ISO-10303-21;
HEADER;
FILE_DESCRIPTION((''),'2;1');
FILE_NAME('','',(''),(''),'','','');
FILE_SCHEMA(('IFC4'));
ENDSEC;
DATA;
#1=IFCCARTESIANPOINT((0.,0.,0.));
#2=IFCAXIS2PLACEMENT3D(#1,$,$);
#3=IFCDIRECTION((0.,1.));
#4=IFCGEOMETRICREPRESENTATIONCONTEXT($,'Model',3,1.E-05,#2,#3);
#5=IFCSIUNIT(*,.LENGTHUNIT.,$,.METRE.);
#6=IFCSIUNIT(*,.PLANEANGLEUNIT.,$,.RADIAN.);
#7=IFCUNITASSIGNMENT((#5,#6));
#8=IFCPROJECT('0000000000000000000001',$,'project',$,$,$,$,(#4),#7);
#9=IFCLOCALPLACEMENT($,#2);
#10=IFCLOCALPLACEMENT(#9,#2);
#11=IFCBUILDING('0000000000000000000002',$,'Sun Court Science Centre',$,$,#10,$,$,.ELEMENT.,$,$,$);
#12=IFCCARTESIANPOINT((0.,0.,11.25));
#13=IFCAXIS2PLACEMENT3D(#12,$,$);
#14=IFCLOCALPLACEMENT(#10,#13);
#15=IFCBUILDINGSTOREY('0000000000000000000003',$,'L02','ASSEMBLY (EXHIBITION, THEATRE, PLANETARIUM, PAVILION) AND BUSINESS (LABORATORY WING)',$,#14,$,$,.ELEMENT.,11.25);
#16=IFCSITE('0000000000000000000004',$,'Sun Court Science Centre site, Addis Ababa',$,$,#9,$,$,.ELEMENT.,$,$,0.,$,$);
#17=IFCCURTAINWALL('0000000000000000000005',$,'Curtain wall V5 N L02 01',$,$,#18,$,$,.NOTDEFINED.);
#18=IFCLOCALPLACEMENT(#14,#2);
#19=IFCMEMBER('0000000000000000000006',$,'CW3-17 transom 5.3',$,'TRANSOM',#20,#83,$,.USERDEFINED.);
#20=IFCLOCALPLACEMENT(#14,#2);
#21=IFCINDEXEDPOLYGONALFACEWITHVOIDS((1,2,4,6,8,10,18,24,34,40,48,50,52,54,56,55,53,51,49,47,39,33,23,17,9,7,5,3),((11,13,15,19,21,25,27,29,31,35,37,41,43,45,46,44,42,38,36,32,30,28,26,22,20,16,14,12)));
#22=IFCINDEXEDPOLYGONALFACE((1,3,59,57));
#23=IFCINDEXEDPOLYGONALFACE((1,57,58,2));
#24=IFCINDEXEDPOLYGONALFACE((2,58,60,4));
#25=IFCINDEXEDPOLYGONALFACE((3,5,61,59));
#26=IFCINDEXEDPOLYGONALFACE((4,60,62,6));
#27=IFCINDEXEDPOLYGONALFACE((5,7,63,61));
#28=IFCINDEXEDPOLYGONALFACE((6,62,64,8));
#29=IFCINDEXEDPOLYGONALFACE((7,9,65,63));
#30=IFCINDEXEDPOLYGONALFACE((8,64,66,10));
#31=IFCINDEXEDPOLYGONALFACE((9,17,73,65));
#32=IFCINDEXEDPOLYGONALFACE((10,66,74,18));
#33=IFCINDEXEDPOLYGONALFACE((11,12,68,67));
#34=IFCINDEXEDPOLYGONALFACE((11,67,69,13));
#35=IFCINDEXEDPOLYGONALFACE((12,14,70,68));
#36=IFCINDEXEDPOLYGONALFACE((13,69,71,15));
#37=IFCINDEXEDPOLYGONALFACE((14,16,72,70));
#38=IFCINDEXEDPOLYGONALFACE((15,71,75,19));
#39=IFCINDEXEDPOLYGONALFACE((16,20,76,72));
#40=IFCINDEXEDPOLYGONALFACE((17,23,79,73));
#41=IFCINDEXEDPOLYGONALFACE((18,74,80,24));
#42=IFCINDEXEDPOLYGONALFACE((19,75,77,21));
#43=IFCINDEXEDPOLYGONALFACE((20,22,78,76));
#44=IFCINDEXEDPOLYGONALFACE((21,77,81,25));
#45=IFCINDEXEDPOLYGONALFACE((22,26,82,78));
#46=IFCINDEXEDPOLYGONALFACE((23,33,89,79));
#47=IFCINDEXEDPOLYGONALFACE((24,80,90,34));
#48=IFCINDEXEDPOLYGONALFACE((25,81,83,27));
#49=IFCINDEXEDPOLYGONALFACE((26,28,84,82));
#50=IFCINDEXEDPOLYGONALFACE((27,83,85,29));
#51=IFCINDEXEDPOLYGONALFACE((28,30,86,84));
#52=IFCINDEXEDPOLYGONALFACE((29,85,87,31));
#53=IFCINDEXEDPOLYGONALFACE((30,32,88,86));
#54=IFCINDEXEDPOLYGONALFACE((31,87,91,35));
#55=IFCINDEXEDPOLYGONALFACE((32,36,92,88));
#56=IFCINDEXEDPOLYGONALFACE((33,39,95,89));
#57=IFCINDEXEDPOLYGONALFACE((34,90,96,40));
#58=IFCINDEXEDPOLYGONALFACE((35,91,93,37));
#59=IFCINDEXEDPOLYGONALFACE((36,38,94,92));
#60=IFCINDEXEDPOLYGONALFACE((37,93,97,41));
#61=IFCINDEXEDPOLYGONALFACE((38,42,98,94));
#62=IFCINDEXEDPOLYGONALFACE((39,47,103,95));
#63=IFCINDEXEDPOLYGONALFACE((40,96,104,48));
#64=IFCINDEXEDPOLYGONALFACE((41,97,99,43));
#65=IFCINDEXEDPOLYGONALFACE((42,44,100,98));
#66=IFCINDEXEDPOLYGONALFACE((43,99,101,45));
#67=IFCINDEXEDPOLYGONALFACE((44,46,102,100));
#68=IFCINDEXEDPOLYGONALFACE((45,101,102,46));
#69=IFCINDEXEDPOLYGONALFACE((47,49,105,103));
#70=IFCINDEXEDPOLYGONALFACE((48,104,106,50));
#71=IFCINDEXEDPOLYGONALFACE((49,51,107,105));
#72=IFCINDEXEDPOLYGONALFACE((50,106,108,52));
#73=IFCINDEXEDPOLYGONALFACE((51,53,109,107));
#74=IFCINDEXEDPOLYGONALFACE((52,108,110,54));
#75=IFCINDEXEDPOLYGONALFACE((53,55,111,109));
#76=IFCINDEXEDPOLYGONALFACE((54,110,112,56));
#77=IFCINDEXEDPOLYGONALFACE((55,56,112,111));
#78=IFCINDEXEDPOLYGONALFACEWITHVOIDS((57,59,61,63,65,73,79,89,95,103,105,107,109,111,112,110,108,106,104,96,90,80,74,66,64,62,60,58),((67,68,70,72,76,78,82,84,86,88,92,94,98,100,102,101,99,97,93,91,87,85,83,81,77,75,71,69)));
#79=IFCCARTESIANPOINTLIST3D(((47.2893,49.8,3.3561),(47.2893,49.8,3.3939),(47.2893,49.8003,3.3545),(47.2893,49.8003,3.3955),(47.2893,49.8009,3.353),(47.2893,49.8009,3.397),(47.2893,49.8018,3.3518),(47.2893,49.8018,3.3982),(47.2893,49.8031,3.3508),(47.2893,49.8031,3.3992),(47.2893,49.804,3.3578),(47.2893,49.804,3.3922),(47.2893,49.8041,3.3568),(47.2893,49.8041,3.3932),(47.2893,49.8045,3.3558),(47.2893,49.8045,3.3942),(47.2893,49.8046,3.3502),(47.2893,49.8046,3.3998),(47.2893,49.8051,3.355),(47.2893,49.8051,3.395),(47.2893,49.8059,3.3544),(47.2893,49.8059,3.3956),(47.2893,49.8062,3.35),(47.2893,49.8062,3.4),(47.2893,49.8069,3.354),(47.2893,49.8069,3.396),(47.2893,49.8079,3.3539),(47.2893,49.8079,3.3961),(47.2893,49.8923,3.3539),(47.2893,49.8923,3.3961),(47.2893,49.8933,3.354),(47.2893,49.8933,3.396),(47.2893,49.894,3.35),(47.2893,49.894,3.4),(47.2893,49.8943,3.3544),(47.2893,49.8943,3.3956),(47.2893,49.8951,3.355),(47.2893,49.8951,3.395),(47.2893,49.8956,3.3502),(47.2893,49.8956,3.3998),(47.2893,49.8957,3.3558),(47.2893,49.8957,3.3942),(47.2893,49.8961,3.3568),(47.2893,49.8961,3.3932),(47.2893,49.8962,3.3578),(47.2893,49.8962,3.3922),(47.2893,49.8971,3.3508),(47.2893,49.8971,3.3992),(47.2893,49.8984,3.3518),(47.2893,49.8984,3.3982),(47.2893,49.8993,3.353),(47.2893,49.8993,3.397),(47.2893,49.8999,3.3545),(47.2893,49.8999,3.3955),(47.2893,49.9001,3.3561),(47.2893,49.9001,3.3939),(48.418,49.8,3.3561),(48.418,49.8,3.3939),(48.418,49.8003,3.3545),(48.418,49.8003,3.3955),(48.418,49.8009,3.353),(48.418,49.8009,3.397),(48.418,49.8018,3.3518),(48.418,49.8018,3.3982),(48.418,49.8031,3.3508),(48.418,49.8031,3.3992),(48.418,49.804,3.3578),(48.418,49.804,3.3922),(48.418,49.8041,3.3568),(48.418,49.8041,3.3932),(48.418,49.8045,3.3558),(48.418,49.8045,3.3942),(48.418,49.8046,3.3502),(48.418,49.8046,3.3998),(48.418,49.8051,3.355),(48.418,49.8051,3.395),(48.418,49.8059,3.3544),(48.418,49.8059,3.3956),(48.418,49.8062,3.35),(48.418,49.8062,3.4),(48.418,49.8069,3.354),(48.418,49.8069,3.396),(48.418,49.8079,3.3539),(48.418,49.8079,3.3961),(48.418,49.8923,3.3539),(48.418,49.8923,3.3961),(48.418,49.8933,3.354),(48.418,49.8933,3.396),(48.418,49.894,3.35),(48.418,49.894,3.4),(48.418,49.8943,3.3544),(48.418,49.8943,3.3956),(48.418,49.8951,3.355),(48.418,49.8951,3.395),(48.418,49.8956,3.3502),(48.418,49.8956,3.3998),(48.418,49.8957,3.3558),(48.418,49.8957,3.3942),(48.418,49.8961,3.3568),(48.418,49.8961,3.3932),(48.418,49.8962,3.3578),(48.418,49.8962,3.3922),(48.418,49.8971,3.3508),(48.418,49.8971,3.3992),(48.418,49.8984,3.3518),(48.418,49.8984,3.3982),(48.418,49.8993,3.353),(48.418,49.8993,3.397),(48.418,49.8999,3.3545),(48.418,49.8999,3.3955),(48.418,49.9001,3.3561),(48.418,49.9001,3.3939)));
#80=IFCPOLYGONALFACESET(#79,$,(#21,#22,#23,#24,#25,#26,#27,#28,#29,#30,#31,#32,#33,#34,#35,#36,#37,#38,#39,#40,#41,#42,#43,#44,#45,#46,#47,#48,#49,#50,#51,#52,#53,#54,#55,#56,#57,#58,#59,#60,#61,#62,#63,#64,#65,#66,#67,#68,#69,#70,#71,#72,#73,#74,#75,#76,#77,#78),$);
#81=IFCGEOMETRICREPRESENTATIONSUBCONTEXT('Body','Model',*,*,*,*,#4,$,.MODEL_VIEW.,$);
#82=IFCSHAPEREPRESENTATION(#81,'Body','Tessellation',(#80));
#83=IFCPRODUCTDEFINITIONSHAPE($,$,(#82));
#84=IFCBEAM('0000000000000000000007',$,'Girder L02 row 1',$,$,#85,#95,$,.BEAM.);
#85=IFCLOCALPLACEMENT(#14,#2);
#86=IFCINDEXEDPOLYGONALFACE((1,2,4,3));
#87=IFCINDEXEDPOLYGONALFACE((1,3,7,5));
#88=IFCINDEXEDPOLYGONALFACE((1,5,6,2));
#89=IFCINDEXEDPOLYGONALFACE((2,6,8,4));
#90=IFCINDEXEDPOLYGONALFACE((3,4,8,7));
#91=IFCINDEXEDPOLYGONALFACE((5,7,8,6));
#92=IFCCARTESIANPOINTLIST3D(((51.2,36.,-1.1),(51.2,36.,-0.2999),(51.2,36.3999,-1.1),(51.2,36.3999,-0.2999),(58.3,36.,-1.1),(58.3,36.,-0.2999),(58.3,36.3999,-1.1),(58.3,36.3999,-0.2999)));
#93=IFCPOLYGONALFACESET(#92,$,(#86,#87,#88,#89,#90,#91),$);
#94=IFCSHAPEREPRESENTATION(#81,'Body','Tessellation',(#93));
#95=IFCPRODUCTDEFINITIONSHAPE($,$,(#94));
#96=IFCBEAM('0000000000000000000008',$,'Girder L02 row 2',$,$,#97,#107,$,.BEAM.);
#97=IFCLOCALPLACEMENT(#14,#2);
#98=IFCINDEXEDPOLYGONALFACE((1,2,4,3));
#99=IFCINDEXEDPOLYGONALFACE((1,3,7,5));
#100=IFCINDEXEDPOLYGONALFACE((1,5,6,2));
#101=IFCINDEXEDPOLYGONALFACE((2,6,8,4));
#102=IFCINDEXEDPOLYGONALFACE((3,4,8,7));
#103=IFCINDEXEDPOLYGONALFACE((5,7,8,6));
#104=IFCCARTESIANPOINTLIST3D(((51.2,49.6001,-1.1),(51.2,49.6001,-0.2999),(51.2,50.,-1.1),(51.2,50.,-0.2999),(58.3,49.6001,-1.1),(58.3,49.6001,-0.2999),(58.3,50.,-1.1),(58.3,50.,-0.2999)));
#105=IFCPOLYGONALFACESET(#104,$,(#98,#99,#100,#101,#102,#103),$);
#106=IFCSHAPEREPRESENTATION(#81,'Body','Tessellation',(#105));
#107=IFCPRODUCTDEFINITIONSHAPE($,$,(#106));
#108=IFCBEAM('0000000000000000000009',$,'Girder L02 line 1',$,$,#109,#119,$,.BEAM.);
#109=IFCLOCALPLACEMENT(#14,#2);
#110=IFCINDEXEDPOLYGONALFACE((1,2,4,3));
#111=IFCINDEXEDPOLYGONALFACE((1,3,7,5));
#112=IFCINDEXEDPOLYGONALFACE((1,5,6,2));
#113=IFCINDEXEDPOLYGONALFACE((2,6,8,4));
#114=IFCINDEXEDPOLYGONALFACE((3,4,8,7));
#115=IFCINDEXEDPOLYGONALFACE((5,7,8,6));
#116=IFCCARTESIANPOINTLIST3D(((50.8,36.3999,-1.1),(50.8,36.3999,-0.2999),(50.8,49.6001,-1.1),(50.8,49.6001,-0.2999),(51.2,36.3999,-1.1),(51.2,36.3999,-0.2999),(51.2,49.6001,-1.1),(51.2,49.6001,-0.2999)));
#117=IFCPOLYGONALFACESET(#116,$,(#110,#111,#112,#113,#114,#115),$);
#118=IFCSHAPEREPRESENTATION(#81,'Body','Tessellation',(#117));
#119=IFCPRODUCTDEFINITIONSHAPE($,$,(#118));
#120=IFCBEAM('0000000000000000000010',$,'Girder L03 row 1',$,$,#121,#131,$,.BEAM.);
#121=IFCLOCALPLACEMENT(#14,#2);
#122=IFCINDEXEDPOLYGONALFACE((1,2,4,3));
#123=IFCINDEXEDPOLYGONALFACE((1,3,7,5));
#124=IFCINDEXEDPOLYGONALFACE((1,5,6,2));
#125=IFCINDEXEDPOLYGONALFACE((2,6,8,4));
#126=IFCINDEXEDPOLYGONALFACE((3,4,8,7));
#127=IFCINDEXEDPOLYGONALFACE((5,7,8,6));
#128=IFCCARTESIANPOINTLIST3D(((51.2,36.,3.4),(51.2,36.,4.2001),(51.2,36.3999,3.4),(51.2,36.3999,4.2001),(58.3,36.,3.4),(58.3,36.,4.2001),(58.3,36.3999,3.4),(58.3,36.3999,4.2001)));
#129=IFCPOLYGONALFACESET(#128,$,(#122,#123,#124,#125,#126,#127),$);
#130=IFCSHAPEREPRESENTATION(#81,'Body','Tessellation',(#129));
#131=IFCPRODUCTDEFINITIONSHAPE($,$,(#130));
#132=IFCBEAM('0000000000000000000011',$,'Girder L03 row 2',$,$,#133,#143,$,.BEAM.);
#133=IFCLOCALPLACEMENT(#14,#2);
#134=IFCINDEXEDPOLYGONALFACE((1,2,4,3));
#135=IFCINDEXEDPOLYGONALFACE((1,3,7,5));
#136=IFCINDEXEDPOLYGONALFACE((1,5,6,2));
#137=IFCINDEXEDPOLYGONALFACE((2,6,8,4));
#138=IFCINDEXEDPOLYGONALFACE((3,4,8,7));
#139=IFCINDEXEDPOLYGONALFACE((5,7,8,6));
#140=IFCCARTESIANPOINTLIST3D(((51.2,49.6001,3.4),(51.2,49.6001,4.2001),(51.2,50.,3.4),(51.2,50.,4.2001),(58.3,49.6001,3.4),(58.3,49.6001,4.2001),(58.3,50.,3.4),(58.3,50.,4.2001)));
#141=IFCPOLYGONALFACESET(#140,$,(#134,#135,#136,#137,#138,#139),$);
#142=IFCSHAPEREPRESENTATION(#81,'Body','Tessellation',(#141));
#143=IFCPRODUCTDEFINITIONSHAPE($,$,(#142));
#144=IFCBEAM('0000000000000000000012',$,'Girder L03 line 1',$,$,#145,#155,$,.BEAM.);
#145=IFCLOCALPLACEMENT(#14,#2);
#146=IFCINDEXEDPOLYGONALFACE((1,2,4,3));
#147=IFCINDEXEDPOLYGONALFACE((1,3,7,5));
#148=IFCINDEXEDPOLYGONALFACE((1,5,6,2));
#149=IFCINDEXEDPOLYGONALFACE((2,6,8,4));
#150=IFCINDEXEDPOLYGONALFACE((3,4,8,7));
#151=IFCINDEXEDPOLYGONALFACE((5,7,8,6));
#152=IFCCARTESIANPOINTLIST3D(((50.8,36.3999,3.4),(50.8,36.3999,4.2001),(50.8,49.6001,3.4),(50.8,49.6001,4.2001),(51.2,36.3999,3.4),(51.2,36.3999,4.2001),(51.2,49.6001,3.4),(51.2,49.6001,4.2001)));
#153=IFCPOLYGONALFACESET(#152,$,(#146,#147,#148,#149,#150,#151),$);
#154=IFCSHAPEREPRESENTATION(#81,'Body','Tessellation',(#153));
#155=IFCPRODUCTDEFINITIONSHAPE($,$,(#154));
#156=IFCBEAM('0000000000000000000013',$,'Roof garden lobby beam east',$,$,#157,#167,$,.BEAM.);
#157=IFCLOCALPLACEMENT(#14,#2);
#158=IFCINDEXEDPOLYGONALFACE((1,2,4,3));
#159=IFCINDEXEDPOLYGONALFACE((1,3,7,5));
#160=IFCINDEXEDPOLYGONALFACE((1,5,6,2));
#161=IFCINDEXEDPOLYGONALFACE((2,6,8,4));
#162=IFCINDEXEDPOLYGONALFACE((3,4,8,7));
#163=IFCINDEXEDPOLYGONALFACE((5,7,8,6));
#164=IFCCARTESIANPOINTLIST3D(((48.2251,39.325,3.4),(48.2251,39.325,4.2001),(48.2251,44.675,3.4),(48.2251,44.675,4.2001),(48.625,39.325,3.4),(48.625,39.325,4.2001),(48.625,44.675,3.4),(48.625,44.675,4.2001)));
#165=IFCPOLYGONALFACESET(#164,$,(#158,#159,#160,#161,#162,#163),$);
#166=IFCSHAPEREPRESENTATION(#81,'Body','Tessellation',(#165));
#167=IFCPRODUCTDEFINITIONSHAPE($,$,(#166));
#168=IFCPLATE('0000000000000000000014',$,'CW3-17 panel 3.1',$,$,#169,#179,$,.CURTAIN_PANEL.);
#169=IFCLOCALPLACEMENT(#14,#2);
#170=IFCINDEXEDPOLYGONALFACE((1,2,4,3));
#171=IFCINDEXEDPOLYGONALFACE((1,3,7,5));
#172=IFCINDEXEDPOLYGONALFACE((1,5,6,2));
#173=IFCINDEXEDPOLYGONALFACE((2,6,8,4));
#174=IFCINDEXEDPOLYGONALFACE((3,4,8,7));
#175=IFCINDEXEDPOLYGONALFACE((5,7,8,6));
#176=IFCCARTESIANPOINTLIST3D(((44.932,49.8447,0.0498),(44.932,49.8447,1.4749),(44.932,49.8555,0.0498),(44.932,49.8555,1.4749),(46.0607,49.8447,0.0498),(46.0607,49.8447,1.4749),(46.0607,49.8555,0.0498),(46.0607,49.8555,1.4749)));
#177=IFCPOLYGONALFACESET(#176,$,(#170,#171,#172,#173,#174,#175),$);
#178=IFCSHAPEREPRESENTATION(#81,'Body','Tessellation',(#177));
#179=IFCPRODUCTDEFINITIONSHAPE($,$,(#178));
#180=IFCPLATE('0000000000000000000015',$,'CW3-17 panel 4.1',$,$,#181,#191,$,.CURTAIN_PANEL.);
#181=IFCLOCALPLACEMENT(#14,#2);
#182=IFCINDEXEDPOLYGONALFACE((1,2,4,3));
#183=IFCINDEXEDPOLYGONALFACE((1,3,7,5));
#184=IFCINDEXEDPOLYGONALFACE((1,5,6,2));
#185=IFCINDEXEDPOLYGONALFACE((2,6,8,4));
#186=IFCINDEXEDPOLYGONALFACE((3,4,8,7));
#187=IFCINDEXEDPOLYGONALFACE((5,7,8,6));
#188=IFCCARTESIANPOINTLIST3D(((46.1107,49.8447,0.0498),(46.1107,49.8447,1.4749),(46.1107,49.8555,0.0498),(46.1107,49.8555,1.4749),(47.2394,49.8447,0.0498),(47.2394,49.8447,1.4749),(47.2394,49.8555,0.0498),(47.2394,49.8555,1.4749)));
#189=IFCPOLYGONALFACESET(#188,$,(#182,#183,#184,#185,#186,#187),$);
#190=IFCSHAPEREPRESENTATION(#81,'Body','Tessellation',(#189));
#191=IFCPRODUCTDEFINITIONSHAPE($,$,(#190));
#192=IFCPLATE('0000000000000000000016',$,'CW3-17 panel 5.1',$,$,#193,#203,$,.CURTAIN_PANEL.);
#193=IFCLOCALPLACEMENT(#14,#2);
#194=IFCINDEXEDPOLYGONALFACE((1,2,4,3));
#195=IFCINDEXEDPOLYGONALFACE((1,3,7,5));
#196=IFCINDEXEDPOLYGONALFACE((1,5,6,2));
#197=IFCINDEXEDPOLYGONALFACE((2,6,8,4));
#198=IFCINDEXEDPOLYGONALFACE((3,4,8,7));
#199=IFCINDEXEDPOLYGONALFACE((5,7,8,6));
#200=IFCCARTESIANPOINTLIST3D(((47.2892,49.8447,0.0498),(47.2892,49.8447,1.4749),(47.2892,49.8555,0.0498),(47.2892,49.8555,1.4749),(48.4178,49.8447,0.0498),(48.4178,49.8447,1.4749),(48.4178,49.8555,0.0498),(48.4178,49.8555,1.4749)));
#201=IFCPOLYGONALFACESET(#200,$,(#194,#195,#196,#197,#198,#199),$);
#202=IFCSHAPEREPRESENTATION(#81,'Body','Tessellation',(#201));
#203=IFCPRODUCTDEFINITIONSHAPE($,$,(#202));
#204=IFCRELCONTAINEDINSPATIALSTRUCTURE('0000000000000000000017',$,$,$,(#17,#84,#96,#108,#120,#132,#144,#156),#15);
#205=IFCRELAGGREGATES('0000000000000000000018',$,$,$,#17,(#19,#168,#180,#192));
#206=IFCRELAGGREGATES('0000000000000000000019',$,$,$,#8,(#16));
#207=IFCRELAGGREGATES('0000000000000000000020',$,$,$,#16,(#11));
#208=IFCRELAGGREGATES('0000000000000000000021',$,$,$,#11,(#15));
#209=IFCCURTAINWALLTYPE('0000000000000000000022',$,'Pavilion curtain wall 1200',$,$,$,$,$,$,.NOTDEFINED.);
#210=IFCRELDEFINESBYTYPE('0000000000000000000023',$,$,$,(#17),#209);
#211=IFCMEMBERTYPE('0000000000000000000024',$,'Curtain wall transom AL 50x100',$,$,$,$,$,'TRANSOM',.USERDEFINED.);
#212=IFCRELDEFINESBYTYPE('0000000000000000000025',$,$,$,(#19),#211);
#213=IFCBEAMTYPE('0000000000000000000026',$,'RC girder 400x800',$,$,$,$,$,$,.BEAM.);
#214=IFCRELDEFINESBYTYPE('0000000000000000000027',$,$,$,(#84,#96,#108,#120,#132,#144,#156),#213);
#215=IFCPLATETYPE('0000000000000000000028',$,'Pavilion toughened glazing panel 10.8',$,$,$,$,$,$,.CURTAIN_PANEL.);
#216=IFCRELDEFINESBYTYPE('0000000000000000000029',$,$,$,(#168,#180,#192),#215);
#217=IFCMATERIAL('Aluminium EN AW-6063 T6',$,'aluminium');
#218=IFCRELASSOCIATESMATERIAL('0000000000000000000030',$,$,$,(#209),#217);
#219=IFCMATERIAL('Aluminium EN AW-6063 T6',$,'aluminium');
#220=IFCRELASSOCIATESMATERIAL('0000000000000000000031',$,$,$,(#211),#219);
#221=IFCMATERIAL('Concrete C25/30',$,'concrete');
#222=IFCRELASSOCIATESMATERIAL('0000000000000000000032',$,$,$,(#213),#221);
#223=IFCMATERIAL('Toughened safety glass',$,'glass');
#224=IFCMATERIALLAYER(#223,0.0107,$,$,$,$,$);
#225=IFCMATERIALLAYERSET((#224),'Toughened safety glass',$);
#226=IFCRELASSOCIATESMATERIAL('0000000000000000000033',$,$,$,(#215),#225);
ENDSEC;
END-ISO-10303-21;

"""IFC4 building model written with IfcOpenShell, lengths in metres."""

from ifc_helpers import new_model, si_unit, direction, frame, origin, origin_2d, place, context, subcontext, project, spatial, rectangle, hollow_rectangle, extrude, material, layer, layer_set, material_profile, profile_set, type_object, element, aggregate, save


model = new_model("IFC4")

# Units and contexts
model_context = context("Model", 3, precision=1e-05, world=origin(), true_north=direction((0.0, 1.0)))
body_context = subcontext(model_context, "Body", "Model", "MODEL_VIEW")
ifc_project = project(units=[si_unit("LENGTHUNIT", "METRE"), si_unit("PLANEANGLEUNIT", "RADIAN")], contexts=[model_context])

# Site, building, storey
site_placement = place(None, origin())
site = spatial("IfcSite", under=ifc_project, at=site_placement, Name="Sun Court Science Centre site, Addis Ababa", CompositionType="ELEMENT", RefElevation=0.0)
building_placement = place(site_placement, origin())
building = spatial("IfcBuilding", under=site, at=building_placement, Name="Sun Court Science Centre", CompositionType="ELEMENT")
storey_placement = place(building_placement, frame((0.0, 0.0, 11.25)))
storey = spatial("IfcBuildingStorey", under=building, at=storey_placement, Name="L02", Description="ASSEMBLY (EXHIBITION, THEATRE, PLANETARIUM, PAVILION) AND BUSINESS (LABORATORY WING)", CompositionType="ELEMENT", Elevation=11.25)

# Shared definitions
ifc_material_1 = material(Name="Aluminium EN AW-6063 T6", Category="aluminium")
curtain_wall_type = type_object("IfcCurtainWallType", Name="Pavilion curtain wall 1200", PredefinedType="NOTDEFINED", material=ifc_material_1)

# Curtain wall, member
curtain_wall_1_placement = place(storey_placement, origin())
curtain_wall_1 = element("IfcCurtainWall", 1, at=curtain_wall_1_placement, inside=storey, type_object=curtain_wall_type, Name="Curtain wall V5 N L02 01", PredefinedType="NOTDEFINED")
ifc_material_2 = material(Name="Aluminium EN AW-6063 T6", Category="aluminium")
ifc_material_profile_1 = material_profile(ifc_material_2, hollow_rectangle(XDim=0.05, YDim=0.1001, WallThickness=0.0039, InnerFilletRadius=0.0039, OuterFilletRadius=0.0061, at=origin_2d()), Name="AL 50x100x4")
ifc_profile_set_1 = profile_set([ifc_material_profile_1], Name="Aluminium EN AW-6063 T6")
member_type_1 = type_object("IfcMemberType", Name="Curtain wall transom AL 50x100", ElementType="TRANSOM", PredefinedType="USERDEFINED", material=ifc_profile_set_1)
member_1_placement = place(storey_placement, frame((47.2893, 49.8501, 3.375), z_axis=(1.0, 0.0, 0.0), x_axis=(0.0, 0.0, 1.0)))
member_1 = element("IfcMember", 2, at=member_1_placement, type_object=member_type_1, Name="CW3-17 transom 5.3", ObjectType="TRANSOM", PredefinedType="USERDEFINED", context=body_context, shape_type="SweptSolid", body=[
    extrude(hollow_rectangle(XDim=0.05, YDim=0.1001, WallThickness=0.0039, InnerFilletRadius=0.0039, OuterFilletRadius=0.0061, at=origin_2d()), origin(), (0.0, 0.0, 1.0), 1.1287),
])

# Beams
ifc_material_3 = material(Name="Concrete C25/30", Category="concrete")
ifc_material_profile_2 = material_profile(ifc_material_3, rectangle(XDim=0.3999, YDim=0.8, at=origin_2d()), Name="RC 400x800")
ifc_profile_set_2 = profile_set([ifc_material_profile_2], Name="Concrete C25/30")
beam_type = type_object("IfcBeamType", Name="RC girder 400x800", PredefinedType="BEAM", material=ifc_profile_set_2)
for number, where, z_axis, x_axis, name in (
    (3, (51.2, 36.2, -0.7), (1.0, 0.0, 0.0), (0.0, 1.0, 0.0), "Girder L02 row 1"),
    (4, (51.2, 49.8, -0.7), (1.0, 0.0, 0.0), (0.0, 1.0, 0.0), "Girder L02 row 2"),
):
    element("IfcBeam", number, at=place(storey_placement, frame(where, z_axis=z_axis, x_axis=x_axis)), inside=storey, type_object=beam_type, Name=name, PredefinedType="BEAM", context=body_context, shape_type="SweptSolid", body=[
        extrude(rectangle(XDim=0.3999, YDim=0.8, at=origin_2d()), origin(), (0.0, 0.0, 1.0), 7.1001),
    ])
beam_1_placement = place(storey_placement, frame((51.0, 36.3999, -0.7), z_axis=(0.0, 1.0, 0.0), x_axis=(-1.0, 0.0, 0.0)))
element("IfcBeam", 5, at=beam_1_placement, inside=storey, type_object=beam_type, Name="Girder L02 line 1", PredefinedType="BEAM", context=body_context, shape_type="SweptSolid", body=[
    extrude(rectangle(XDim=0.3999, YDim=0.8, at=origin_2d()), origin(), (0.0, 0.0, 1.0), 13.2002),
])
for number, where, z_axis, x_axis, name in (
    (6, (51.2, 36.2, 3.8), (1.0, 0.0, 0.0), (0.0, 1.0, 0.0), "Girder L03 row 1"),
    (7, (51.2, 49.8, 3.8), (1.0, 0.0, 0.0), (0.0, 1.0, 0.0), "Girder L03 row 2"),
):
    element("IfcBeam", number, at=place(storey_placement, frame(where, z_axis=z_axis, x_axis=x_axis)), inside=storey, type_object=beam_type, Name=name, PredefinedType="BEAM", context=body_context, shape_type="SweptSolid", body=[
        extrude(rectangle(XDim=0.3999, YDim=0.8, at=origin_2d()), origin(), (0.0, 0.0, 1.0), 7.1001),
    ])
beam_2_placement = place(storey_placement, frame((51.0, 36.3999, 3.8), z_axis=(0.0, 1.0, 0.0), x_axis=(-1.0, 0.0, 0.0)))
element("IfcBeam", 8, at=beam_2_placement, inside=storey, type_object=beam_type, Name="Girder L03 line 1", PredefinedType="BEAM", context=body_context, shape_type="SweptSolid", body=[
    extrude(rectangle(XDim=0.3999, YDim=0.8, at=origin_2d()), origin(), (0.0, 0.0, 1.0), 13.2002),
])
beam_3_placement = place(storey_placement, frame((48.425, 39.325, 3.8), z_axis=(0.0, 1.0, 0.0), x_axis=(-1.0, 0.0, 0.0)))
element("IfcBeam", 9, at=beam_3_placement, inside=storey, type_object=beam_type, Name="Roof garden lobby beam east", PredefinedType="BEAM", context=body_context, shape_type="SweptSolid", body=[
    extrude(rectangle(XDim=0.3999, YDim=0.8, at=origin_2d()), origin(), (0.0, 0.0, 1.0), 5.3501),
])

# Plates
ifc_material_4 = material(Name="Toughened safety glass", Category="glass")
ifc_layer_1 = layer(ifc_material_4, 0.0107)
ifc_layer_set_1 = layer_set([ifc_layer_1], Name="Toughened safety glass")
plate_type = type_object("IfcPlateType", Name="Pavilion toughened glazing panel 10.8", PredefinedType="CURTAIN_PANEL", material=ifc_layer_set_1)
plate_1_placement = place(storey_placement, frame((45.4963, 49.8501, 0.0498), z_axis=(0.0, 0.0, 1.0), x_axis=(1.0, 0.0, 0.0)))
plate_1 = element("IfcPlate", 10, at=plate_1_placement, type_object=plate_type, Name="CW3-17 panel 3.1", PredefinedType="CURTAIN_PANEL", context=body_context, shape_type="SweptSolid", body=[
    extrude(rectangle(XDim=1.1287, YDim=0.0107, at=origin_2d()), origin(), (0.0, 0.0, 1.0), 1.425),
])
plate_2_placement = place(storey_placement, frame((46.675, 49.8501, 0.0498), z_axis=(0.0, 0.0, 1.0), x_axis=(1.0, 0.0, 0.0)))
plate_2 = element("IfcPlate", 11, at=plate_2_placement, type_object=plate_type, Name="CW3-17 panel 4.1", PredefinedType="CURTAIN_PANEL", context=body_context, shape_type="SweptSolid", body=[
    extrude(rectangle(XDim=1.1287, YDim=0.0107, at=origin_2d()), origin(), (0.0, 0.0, 1.0), 1.425),
])
plate_3_placement = place(storey_placement, frame((47.8535, 49.8501, 0.0498), z_axis=(0.0, 0.0, 1.0), x_axis=(1.0, 0.0, 0.0)))
plate_3 = element("IfcPlate", 12, at=plate_3_placement, type_object=plate_type, Name="CW3-17 panel 5.1", PredefinedType="CURTAIN_PANEL", context=body_context, shape_type="SweptSolid", body=[
    extrude(rectangle(XDim=1.1287, YDim=0.0107, at=origin_2d()), origin(), (0.0, 0.0, 1.0), 1.425),
])
aggregate(curtain_wall_1, [member_1, plate_1, plate_2, plate_3])

save(model, "model.ifc")
